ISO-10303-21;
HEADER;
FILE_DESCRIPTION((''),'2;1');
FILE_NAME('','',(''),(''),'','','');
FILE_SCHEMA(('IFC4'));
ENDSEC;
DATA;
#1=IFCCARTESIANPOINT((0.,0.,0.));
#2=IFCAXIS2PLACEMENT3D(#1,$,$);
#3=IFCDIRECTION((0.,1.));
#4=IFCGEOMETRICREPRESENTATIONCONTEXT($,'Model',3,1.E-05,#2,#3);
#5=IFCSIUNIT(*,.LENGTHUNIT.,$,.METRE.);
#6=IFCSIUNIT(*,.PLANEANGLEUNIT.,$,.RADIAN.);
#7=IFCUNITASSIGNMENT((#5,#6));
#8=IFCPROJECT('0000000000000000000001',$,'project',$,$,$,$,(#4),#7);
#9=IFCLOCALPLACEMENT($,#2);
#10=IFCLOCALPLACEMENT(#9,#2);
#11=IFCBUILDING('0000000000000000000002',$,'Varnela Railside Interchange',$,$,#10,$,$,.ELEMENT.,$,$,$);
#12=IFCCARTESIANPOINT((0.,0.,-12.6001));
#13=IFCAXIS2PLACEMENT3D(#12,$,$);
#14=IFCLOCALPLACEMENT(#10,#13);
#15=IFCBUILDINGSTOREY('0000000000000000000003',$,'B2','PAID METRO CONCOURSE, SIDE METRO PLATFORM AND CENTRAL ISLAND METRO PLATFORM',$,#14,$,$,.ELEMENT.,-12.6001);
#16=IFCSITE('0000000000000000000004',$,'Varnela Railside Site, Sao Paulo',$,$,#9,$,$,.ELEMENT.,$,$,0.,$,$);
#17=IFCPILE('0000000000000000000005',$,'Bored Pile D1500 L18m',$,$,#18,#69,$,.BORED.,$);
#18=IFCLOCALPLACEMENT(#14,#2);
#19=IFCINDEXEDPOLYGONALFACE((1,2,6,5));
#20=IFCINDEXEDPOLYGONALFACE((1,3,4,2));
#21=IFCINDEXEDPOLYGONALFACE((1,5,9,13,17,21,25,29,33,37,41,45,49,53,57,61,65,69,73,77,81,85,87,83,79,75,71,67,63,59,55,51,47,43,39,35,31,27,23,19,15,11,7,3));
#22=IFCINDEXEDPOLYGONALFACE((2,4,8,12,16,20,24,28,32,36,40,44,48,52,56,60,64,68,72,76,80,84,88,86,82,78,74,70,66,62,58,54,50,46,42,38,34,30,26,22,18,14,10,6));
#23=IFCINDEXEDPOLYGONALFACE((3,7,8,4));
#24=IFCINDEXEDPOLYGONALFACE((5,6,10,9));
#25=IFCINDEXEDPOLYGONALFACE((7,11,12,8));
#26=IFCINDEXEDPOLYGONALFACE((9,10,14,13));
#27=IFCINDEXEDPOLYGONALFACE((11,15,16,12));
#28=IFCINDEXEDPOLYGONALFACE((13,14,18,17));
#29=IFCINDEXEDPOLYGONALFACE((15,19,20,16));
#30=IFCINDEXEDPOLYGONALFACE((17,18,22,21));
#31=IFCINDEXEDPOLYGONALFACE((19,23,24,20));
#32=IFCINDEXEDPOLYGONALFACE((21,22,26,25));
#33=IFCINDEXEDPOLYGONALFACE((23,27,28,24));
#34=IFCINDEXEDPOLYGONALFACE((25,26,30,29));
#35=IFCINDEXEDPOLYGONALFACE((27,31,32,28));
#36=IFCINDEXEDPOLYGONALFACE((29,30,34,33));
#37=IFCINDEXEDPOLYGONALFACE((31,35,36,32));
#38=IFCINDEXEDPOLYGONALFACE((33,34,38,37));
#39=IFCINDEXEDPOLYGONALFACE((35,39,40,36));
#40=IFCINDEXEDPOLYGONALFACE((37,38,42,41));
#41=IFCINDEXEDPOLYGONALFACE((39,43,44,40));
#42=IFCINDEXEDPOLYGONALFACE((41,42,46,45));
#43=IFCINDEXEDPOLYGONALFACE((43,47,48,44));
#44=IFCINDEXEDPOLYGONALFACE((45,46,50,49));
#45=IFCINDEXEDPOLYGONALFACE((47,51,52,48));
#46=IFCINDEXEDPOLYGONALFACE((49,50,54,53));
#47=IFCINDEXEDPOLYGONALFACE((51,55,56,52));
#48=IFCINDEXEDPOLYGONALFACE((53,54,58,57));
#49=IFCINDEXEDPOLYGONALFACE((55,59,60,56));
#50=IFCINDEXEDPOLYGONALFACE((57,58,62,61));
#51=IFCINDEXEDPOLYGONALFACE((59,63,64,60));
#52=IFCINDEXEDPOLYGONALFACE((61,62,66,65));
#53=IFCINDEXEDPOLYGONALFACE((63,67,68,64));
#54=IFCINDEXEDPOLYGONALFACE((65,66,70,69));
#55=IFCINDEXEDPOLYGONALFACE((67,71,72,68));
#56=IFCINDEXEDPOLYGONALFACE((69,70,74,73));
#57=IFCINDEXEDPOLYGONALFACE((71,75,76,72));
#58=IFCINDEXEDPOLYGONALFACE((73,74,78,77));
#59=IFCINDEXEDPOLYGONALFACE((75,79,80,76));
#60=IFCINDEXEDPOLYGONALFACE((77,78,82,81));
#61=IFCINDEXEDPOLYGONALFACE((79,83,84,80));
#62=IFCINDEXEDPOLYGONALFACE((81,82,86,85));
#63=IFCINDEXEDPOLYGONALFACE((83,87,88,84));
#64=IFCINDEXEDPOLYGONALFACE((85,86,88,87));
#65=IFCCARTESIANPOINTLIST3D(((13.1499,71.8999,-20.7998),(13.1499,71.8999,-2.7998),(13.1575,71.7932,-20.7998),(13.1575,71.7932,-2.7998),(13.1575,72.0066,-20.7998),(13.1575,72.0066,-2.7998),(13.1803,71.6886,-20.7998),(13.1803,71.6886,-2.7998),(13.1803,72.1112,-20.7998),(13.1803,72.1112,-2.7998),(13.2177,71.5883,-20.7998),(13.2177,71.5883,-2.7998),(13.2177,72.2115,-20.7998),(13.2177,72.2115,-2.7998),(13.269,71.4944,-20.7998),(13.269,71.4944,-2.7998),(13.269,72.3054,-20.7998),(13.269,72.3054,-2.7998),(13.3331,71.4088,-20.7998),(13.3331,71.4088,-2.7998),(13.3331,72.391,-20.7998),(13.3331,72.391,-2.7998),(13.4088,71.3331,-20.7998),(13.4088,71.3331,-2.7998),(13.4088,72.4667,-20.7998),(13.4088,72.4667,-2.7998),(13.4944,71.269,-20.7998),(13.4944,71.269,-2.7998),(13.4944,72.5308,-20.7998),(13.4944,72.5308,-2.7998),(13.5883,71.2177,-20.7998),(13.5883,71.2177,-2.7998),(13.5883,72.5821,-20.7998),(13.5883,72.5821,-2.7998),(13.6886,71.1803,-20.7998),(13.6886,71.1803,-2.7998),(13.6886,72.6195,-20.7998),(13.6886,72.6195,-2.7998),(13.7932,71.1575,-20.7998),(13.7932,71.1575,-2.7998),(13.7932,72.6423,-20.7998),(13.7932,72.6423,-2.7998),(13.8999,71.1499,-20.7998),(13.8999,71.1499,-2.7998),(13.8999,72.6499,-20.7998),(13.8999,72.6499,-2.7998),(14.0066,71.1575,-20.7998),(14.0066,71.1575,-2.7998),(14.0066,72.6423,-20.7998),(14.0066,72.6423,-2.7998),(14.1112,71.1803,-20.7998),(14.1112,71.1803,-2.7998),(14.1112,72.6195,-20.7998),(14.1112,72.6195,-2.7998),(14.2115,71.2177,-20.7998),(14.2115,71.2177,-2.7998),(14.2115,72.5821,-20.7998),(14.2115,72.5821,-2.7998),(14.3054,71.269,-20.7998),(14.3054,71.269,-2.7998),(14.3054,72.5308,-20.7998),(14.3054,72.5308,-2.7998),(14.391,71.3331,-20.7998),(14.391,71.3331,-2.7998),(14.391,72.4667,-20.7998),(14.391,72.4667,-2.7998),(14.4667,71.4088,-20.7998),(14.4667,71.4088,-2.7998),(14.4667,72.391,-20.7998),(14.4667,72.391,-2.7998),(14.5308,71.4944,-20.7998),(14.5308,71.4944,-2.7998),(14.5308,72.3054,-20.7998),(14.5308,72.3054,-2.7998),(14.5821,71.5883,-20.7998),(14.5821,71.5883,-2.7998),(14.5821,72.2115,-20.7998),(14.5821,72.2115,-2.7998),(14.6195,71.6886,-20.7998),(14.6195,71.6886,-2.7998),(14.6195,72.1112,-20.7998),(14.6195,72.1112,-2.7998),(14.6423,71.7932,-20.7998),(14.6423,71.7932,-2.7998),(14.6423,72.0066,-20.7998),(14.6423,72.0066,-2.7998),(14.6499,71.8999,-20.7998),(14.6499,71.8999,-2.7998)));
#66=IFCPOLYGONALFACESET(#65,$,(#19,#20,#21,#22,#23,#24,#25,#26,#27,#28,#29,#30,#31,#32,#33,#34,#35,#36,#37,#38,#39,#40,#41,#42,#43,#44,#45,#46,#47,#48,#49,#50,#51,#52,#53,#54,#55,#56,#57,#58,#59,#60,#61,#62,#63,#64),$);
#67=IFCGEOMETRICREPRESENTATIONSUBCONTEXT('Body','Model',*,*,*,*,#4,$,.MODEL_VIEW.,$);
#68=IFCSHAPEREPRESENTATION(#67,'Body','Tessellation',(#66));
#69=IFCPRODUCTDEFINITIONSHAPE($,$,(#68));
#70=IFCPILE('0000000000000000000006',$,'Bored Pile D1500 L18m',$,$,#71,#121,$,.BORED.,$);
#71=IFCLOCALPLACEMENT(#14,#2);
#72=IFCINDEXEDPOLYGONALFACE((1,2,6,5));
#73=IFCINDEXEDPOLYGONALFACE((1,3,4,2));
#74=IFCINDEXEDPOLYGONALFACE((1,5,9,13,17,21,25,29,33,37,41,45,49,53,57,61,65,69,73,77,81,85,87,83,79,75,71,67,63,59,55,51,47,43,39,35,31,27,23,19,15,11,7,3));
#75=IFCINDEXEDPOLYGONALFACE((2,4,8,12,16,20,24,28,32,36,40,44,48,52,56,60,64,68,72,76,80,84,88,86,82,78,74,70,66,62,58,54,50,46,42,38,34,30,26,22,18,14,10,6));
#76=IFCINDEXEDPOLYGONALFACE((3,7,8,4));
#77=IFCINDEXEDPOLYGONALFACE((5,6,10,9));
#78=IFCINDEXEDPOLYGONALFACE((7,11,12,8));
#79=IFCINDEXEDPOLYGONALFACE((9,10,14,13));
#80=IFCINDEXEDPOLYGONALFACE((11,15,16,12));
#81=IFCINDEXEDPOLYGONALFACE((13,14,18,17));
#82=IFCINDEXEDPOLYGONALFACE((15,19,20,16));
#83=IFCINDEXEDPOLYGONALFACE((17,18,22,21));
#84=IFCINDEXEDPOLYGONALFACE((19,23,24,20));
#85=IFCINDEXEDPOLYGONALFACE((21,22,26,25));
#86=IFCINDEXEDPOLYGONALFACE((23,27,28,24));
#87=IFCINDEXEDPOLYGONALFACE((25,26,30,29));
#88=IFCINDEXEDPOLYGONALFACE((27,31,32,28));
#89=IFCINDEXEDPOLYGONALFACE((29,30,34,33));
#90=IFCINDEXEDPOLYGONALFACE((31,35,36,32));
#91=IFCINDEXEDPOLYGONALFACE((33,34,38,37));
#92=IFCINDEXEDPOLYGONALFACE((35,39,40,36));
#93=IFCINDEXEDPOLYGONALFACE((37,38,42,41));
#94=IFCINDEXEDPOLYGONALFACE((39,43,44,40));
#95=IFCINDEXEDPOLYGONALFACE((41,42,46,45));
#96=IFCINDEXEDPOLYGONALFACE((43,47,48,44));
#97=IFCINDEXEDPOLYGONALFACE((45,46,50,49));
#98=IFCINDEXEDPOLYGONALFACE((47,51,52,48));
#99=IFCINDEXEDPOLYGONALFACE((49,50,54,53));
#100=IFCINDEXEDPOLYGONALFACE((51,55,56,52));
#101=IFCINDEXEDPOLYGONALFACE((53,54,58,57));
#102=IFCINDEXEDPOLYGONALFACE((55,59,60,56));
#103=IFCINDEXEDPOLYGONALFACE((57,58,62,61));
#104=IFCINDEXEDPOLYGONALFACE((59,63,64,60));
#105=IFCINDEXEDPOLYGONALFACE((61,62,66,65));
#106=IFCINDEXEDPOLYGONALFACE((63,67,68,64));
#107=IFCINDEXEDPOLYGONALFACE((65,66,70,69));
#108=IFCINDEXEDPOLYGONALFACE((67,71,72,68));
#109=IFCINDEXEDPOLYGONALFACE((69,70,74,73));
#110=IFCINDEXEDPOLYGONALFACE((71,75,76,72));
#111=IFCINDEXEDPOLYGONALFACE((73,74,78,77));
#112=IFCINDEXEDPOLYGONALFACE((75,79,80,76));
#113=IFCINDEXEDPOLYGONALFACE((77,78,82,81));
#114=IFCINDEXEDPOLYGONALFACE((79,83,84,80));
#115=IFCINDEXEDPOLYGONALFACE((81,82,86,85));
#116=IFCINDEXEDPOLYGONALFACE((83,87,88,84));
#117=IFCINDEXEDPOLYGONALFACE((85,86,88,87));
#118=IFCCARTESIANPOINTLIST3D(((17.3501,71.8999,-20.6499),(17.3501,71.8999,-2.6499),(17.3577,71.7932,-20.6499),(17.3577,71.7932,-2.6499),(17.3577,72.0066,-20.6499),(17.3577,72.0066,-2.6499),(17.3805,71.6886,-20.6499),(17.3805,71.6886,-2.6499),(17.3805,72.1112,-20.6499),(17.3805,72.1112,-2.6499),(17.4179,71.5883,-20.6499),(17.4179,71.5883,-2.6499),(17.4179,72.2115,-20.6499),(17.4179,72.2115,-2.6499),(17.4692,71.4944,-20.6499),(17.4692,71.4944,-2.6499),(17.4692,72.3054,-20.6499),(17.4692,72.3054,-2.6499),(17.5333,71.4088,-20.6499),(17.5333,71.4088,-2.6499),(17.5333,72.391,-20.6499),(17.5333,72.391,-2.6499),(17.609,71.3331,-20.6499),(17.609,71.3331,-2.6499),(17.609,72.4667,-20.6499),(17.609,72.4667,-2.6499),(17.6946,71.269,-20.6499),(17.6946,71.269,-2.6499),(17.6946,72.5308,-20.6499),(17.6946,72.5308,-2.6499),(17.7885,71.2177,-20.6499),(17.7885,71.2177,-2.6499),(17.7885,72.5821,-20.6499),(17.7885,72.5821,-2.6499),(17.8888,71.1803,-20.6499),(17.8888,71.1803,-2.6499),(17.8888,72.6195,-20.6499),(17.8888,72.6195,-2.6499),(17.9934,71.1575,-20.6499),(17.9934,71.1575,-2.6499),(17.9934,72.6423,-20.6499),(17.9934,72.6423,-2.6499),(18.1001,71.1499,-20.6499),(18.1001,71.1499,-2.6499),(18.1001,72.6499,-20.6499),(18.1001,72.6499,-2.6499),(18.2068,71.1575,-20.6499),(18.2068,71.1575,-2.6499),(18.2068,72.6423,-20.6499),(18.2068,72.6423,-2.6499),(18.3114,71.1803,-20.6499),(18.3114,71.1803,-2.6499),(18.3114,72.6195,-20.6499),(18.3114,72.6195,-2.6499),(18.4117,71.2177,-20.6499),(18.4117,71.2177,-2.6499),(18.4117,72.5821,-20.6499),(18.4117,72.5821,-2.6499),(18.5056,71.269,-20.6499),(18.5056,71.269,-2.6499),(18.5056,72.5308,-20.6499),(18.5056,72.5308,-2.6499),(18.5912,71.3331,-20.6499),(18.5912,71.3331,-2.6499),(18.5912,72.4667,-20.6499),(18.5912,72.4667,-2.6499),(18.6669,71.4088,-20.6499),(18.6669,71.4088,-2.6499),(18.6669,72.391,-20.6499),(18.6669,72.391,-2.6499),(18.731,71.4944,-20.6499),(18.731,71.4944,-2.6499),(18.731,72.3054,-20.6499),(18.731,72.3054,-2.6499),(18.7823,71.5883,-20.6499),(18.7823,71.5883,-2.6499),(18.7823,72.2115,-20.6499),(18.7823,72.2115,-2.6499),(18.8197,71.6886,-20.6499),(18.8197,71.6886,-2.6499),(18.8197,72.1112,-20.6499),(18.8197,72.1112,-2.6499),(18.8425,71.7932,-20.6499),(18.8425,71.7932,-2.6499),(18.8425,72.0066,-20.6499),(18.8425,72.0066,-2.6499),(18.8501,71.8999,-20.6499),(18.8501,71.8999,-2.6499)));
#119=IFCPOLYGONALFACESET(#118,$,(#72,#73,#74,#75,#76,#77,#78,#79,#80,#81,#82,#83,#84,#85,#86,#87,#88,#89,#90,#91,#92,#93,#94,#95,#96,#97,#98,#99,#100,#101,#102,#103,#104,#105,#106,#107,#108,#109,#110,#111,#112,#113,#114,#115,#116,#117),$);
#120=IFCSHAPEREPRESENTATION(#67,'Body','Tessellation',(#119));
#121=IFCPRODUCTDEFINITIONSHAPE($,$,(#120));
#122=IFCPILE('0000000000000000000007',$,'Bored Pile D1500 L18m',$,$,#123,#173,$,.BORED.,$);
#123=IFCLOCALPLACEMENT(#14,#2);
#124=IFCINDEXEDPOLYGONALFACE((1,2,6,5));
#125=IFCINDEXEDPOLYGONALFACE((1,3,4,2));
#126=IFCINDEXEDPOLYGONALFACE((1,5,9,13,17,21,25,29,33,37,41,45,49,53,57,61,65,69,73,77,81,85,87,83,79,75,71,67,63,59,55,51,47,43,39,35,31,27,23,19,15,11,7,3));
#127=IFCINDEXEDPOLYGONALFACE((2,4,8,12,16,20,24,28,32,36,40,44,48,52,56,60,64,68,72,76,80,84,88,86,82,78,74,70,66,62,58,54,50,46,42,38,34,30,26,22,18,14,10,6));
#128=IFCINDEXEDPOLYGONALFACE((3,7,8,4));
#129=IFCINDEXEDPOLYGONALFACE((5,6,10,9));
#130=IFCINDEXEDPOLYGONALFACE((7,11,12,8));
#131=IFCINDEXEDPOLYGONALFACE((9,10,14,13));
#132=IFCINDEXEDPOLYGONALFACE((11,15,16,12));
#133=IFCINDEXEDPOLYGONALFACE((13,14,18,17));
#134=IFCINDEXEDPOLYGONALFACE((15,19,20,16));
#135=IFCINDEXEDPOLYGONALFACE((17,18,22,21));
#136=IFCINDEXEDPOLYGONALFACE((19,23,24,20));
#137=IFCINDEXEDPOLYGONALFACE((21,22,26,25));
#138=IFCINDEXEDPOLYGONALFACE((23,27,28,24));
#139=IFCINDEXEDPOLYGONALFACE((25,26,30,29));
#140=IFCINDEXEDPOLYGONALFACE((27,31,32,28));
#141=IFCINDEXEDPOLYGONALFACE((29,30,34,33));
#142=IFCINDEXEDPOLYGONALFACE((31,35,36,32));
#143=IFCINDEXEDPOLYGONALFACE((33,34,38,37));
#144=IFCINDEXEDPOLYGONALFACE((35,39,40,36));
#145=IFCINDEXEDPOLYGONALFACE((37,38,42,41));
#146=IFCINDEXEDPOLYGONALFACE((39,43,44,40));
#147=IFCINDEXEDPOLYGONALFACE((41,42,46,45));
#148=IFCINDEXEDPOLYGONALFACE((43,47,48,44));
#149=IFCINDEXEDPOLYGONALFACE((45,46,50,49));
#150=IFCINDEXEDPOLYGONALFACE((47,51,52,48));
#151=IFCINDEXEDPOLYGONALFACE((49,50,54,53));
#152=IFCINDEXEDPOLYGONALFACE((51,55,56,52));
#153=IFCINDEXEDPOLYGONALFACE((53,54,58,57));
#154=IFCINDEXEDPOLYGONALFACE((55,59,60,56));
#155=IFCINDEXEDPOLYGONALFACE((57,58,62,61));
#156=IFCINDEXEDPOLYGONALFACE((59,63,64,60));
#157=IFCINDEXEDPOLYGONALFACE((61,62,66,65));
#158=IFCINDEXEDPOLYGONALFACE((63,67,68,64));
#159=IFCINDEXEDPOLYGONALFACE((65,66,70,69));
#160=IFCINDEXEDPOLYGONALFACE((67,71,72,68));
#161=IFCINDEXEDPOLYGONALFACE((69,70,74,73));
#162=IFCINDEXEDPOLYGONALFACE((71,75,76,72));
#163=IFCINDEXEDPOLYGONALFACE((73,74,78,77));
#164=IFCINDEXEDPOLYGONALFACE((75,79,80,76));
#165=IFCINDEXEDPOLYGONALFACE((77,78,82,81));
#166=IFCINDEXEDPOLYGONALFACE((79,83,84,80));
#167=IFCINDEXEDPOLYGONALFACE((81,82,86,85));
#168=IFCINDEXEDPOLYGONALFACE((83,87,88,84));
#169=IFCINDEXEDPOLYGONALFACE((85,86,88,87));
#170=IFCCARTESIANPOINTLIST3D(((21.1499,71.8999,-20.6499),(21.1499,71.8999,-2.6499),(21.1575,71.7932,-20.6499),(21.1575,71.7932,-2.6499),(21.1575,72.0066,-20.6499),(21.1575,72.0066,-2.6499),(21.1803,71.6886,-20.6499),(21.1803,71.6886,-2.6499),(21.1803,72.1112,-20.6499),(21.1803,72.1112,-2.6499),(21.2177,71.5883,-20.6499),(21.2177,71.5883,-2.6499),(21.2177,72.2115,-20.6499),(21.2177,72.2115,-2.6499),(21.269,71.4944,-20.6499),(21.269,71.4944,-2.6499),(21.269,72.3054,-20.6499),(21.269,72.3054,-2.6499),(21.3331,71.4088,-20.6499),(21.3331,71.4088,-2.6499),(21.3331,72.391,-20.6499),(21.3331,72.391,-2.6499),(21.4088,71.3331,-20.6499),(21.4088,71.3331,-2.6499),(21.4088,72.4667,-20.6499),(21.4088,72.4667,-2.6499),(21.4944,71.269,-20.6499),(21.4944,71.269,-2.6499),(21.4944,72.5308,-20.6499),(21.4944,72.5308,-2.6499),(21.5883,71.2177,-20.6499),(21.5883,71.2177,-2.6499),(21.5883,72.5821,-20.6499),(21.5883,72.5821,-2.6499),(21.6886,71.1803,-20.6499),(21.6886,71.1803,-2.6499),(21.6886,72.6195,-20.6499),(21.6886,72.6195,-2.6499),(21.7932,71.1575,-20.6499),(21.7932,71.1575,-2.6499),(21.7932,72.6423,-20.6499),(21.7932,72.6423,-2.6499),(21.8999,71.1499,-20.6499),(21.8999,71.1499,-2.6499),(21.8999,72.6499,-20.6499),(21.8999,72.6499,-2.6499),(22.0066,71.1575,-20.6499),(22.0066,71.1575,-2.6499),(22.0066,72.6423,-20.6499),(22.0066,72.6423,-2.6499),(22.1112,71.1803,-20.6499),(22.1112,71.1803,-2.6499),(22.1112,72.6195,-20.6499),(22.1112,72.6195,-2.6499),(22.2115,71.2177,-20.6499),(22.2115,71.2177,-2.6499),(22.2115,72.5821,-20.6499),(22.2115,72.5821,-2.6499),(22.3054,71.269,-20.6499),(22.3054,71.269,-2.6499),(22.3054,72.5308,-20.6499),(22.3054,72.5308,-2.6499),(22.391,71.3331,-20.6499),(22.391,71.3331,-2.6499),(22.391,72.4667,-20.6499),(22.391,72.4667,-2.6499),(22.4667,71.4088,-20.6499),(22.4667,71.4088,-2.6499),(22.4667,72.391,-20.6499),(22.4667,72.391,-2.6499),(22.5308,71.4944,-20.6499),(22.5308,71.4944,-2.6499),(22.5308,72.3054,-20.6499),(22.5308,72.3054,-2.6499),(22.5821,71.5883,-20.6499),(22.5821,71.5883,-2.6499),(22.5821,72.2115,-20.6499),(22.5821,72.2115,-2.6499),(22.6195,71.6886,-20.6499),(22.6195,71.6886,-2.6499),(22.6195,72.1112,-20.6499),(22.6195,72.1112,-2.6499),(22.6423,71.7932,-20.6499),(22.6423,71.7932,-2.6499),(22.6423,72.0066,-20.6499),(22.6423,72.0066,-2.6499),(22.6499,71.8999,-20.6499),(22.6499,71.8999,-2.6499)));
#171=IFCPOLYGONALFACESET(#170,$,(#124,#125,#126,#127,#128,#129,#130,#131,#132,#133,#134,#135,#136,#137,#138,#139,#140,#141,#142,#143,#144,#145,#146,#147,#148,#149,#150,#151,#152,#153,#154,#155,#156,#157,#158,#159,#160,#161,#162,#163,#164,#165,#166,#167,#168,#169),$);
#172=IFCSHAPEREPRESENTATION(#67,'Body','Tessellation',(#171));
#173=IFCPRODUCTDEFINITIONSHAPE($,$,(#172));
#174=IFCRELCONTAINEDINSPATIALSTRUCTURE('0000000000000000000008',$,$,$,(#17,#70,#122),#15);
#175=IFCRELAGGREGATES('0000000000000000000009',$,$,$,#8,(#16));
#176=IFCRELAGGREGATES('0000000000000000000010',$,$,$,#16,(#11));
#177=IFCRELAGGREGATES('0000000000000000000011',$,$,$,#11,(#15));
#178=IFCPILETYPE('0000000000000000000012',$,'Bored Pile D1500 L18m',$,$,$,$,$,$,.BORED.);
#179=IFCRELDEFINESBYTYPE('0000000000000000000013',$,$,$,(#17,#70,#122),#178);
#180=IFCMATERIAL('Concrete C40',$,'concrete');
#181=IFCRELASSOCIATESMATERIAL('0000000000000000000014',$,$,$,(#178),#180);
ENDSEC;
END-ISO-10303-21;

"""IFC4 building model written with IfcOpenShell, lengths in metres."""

from ifc_helpers import new_model, si_unit, direction, frame, origin, origin_2d, place, context, subcontext, project, spatial, circle, extrude, material, material_profile, profile_set, type_object, element, save


model = new_model("IFC4")

# Units and contexts
model_context = context("Model", 3, precision=1e-05, world=origin(), true_north=direction((0.0, 1.0)))
body_context = subcontext(model_context, "Body", "Model", "MODEL_VIEW")
ifc_project = project(units=[si_unit("LENGTHUNIT", "METRE"), si_unit("PLANEANGLEUNIT", "RADIAN")], contexts=[model_context])

# Site, building, storey
site_placement = place(None, origin())
site = spatial("IfcSite", under=ifc_project, at=site_placement, Name="Varnela Railside Site, Sao Paulo", CompositionType="ELEMENT", RefElevation=0.0)
building_placement = place(site_placement, origin())
building = spatial("IfcBuilding", under=site, at=building_placement, Name="Varnela Railside Interchange", CompositionType="ELEMENT")
storey_placement = place(building_placement, frame((0.0, 0.0, -12.6001)))
storey = spatial("IfcBuildingStorey", under=building, at=storey_placement, Name="B2", Description="PAID METRO CONCOURSE, SIDE METRO PLATFORM AND CENTRAL ISLAND METRO PLATFORM", CompositionType="ELEMENT", Elevation=-12.6001)

# Piles
ifc_material_1 = material(Name="Concrete C40", Category="concrete")
ifc_material_profile_1 = material_profile(ifc_material_1, circle(Radius=0.75, at=origin_2d()), Name="BORED PILE D1500")
ifc_profile_set_1 = profile_set([ifc_material_profile_1], Name="Concrete C40")
pile_type = type_object("IfcPileType", Name="Bored Pile D1500 L18m", PredefinedType="BORED", material=ifc_profile_set_1)
for number, where, z_axis, x_axis, name in (
    (1, (13.8999, 71.8999, -2.7998), (0.0, 0.0, -1.0), (1.0, 0.0, 0.0), "Bored Pile D1500 L18m"),
    (2, (18.1001, 71.8999, -2.6499), (0.0, 0.0, -1.0), (1.0, 0.0, 0.0), "Bored Pile D1500 L18m"),
    (3, (21.8999, 71.8999, -2.6499), (0.0, 0.0, -1.0), (1.0, 0.0, 0.0), "Bored Pile D1500 L18m"),
):
    element("IfcPile", number, at=place(storey_placement, frame(where, z_axis=z_axis, x_axis=x_axis)), inside=storey, type_object=pile_type, Name=name, PredefinedType="BORED", context=body_context, shape_type="SweptSolid", body=[
        extrude(circle(Radius=0.75, at=origin_2d()), origin(), (0.0, 0.0, 1.0), 18.0),
    ])

save(model, "model.ifc")
